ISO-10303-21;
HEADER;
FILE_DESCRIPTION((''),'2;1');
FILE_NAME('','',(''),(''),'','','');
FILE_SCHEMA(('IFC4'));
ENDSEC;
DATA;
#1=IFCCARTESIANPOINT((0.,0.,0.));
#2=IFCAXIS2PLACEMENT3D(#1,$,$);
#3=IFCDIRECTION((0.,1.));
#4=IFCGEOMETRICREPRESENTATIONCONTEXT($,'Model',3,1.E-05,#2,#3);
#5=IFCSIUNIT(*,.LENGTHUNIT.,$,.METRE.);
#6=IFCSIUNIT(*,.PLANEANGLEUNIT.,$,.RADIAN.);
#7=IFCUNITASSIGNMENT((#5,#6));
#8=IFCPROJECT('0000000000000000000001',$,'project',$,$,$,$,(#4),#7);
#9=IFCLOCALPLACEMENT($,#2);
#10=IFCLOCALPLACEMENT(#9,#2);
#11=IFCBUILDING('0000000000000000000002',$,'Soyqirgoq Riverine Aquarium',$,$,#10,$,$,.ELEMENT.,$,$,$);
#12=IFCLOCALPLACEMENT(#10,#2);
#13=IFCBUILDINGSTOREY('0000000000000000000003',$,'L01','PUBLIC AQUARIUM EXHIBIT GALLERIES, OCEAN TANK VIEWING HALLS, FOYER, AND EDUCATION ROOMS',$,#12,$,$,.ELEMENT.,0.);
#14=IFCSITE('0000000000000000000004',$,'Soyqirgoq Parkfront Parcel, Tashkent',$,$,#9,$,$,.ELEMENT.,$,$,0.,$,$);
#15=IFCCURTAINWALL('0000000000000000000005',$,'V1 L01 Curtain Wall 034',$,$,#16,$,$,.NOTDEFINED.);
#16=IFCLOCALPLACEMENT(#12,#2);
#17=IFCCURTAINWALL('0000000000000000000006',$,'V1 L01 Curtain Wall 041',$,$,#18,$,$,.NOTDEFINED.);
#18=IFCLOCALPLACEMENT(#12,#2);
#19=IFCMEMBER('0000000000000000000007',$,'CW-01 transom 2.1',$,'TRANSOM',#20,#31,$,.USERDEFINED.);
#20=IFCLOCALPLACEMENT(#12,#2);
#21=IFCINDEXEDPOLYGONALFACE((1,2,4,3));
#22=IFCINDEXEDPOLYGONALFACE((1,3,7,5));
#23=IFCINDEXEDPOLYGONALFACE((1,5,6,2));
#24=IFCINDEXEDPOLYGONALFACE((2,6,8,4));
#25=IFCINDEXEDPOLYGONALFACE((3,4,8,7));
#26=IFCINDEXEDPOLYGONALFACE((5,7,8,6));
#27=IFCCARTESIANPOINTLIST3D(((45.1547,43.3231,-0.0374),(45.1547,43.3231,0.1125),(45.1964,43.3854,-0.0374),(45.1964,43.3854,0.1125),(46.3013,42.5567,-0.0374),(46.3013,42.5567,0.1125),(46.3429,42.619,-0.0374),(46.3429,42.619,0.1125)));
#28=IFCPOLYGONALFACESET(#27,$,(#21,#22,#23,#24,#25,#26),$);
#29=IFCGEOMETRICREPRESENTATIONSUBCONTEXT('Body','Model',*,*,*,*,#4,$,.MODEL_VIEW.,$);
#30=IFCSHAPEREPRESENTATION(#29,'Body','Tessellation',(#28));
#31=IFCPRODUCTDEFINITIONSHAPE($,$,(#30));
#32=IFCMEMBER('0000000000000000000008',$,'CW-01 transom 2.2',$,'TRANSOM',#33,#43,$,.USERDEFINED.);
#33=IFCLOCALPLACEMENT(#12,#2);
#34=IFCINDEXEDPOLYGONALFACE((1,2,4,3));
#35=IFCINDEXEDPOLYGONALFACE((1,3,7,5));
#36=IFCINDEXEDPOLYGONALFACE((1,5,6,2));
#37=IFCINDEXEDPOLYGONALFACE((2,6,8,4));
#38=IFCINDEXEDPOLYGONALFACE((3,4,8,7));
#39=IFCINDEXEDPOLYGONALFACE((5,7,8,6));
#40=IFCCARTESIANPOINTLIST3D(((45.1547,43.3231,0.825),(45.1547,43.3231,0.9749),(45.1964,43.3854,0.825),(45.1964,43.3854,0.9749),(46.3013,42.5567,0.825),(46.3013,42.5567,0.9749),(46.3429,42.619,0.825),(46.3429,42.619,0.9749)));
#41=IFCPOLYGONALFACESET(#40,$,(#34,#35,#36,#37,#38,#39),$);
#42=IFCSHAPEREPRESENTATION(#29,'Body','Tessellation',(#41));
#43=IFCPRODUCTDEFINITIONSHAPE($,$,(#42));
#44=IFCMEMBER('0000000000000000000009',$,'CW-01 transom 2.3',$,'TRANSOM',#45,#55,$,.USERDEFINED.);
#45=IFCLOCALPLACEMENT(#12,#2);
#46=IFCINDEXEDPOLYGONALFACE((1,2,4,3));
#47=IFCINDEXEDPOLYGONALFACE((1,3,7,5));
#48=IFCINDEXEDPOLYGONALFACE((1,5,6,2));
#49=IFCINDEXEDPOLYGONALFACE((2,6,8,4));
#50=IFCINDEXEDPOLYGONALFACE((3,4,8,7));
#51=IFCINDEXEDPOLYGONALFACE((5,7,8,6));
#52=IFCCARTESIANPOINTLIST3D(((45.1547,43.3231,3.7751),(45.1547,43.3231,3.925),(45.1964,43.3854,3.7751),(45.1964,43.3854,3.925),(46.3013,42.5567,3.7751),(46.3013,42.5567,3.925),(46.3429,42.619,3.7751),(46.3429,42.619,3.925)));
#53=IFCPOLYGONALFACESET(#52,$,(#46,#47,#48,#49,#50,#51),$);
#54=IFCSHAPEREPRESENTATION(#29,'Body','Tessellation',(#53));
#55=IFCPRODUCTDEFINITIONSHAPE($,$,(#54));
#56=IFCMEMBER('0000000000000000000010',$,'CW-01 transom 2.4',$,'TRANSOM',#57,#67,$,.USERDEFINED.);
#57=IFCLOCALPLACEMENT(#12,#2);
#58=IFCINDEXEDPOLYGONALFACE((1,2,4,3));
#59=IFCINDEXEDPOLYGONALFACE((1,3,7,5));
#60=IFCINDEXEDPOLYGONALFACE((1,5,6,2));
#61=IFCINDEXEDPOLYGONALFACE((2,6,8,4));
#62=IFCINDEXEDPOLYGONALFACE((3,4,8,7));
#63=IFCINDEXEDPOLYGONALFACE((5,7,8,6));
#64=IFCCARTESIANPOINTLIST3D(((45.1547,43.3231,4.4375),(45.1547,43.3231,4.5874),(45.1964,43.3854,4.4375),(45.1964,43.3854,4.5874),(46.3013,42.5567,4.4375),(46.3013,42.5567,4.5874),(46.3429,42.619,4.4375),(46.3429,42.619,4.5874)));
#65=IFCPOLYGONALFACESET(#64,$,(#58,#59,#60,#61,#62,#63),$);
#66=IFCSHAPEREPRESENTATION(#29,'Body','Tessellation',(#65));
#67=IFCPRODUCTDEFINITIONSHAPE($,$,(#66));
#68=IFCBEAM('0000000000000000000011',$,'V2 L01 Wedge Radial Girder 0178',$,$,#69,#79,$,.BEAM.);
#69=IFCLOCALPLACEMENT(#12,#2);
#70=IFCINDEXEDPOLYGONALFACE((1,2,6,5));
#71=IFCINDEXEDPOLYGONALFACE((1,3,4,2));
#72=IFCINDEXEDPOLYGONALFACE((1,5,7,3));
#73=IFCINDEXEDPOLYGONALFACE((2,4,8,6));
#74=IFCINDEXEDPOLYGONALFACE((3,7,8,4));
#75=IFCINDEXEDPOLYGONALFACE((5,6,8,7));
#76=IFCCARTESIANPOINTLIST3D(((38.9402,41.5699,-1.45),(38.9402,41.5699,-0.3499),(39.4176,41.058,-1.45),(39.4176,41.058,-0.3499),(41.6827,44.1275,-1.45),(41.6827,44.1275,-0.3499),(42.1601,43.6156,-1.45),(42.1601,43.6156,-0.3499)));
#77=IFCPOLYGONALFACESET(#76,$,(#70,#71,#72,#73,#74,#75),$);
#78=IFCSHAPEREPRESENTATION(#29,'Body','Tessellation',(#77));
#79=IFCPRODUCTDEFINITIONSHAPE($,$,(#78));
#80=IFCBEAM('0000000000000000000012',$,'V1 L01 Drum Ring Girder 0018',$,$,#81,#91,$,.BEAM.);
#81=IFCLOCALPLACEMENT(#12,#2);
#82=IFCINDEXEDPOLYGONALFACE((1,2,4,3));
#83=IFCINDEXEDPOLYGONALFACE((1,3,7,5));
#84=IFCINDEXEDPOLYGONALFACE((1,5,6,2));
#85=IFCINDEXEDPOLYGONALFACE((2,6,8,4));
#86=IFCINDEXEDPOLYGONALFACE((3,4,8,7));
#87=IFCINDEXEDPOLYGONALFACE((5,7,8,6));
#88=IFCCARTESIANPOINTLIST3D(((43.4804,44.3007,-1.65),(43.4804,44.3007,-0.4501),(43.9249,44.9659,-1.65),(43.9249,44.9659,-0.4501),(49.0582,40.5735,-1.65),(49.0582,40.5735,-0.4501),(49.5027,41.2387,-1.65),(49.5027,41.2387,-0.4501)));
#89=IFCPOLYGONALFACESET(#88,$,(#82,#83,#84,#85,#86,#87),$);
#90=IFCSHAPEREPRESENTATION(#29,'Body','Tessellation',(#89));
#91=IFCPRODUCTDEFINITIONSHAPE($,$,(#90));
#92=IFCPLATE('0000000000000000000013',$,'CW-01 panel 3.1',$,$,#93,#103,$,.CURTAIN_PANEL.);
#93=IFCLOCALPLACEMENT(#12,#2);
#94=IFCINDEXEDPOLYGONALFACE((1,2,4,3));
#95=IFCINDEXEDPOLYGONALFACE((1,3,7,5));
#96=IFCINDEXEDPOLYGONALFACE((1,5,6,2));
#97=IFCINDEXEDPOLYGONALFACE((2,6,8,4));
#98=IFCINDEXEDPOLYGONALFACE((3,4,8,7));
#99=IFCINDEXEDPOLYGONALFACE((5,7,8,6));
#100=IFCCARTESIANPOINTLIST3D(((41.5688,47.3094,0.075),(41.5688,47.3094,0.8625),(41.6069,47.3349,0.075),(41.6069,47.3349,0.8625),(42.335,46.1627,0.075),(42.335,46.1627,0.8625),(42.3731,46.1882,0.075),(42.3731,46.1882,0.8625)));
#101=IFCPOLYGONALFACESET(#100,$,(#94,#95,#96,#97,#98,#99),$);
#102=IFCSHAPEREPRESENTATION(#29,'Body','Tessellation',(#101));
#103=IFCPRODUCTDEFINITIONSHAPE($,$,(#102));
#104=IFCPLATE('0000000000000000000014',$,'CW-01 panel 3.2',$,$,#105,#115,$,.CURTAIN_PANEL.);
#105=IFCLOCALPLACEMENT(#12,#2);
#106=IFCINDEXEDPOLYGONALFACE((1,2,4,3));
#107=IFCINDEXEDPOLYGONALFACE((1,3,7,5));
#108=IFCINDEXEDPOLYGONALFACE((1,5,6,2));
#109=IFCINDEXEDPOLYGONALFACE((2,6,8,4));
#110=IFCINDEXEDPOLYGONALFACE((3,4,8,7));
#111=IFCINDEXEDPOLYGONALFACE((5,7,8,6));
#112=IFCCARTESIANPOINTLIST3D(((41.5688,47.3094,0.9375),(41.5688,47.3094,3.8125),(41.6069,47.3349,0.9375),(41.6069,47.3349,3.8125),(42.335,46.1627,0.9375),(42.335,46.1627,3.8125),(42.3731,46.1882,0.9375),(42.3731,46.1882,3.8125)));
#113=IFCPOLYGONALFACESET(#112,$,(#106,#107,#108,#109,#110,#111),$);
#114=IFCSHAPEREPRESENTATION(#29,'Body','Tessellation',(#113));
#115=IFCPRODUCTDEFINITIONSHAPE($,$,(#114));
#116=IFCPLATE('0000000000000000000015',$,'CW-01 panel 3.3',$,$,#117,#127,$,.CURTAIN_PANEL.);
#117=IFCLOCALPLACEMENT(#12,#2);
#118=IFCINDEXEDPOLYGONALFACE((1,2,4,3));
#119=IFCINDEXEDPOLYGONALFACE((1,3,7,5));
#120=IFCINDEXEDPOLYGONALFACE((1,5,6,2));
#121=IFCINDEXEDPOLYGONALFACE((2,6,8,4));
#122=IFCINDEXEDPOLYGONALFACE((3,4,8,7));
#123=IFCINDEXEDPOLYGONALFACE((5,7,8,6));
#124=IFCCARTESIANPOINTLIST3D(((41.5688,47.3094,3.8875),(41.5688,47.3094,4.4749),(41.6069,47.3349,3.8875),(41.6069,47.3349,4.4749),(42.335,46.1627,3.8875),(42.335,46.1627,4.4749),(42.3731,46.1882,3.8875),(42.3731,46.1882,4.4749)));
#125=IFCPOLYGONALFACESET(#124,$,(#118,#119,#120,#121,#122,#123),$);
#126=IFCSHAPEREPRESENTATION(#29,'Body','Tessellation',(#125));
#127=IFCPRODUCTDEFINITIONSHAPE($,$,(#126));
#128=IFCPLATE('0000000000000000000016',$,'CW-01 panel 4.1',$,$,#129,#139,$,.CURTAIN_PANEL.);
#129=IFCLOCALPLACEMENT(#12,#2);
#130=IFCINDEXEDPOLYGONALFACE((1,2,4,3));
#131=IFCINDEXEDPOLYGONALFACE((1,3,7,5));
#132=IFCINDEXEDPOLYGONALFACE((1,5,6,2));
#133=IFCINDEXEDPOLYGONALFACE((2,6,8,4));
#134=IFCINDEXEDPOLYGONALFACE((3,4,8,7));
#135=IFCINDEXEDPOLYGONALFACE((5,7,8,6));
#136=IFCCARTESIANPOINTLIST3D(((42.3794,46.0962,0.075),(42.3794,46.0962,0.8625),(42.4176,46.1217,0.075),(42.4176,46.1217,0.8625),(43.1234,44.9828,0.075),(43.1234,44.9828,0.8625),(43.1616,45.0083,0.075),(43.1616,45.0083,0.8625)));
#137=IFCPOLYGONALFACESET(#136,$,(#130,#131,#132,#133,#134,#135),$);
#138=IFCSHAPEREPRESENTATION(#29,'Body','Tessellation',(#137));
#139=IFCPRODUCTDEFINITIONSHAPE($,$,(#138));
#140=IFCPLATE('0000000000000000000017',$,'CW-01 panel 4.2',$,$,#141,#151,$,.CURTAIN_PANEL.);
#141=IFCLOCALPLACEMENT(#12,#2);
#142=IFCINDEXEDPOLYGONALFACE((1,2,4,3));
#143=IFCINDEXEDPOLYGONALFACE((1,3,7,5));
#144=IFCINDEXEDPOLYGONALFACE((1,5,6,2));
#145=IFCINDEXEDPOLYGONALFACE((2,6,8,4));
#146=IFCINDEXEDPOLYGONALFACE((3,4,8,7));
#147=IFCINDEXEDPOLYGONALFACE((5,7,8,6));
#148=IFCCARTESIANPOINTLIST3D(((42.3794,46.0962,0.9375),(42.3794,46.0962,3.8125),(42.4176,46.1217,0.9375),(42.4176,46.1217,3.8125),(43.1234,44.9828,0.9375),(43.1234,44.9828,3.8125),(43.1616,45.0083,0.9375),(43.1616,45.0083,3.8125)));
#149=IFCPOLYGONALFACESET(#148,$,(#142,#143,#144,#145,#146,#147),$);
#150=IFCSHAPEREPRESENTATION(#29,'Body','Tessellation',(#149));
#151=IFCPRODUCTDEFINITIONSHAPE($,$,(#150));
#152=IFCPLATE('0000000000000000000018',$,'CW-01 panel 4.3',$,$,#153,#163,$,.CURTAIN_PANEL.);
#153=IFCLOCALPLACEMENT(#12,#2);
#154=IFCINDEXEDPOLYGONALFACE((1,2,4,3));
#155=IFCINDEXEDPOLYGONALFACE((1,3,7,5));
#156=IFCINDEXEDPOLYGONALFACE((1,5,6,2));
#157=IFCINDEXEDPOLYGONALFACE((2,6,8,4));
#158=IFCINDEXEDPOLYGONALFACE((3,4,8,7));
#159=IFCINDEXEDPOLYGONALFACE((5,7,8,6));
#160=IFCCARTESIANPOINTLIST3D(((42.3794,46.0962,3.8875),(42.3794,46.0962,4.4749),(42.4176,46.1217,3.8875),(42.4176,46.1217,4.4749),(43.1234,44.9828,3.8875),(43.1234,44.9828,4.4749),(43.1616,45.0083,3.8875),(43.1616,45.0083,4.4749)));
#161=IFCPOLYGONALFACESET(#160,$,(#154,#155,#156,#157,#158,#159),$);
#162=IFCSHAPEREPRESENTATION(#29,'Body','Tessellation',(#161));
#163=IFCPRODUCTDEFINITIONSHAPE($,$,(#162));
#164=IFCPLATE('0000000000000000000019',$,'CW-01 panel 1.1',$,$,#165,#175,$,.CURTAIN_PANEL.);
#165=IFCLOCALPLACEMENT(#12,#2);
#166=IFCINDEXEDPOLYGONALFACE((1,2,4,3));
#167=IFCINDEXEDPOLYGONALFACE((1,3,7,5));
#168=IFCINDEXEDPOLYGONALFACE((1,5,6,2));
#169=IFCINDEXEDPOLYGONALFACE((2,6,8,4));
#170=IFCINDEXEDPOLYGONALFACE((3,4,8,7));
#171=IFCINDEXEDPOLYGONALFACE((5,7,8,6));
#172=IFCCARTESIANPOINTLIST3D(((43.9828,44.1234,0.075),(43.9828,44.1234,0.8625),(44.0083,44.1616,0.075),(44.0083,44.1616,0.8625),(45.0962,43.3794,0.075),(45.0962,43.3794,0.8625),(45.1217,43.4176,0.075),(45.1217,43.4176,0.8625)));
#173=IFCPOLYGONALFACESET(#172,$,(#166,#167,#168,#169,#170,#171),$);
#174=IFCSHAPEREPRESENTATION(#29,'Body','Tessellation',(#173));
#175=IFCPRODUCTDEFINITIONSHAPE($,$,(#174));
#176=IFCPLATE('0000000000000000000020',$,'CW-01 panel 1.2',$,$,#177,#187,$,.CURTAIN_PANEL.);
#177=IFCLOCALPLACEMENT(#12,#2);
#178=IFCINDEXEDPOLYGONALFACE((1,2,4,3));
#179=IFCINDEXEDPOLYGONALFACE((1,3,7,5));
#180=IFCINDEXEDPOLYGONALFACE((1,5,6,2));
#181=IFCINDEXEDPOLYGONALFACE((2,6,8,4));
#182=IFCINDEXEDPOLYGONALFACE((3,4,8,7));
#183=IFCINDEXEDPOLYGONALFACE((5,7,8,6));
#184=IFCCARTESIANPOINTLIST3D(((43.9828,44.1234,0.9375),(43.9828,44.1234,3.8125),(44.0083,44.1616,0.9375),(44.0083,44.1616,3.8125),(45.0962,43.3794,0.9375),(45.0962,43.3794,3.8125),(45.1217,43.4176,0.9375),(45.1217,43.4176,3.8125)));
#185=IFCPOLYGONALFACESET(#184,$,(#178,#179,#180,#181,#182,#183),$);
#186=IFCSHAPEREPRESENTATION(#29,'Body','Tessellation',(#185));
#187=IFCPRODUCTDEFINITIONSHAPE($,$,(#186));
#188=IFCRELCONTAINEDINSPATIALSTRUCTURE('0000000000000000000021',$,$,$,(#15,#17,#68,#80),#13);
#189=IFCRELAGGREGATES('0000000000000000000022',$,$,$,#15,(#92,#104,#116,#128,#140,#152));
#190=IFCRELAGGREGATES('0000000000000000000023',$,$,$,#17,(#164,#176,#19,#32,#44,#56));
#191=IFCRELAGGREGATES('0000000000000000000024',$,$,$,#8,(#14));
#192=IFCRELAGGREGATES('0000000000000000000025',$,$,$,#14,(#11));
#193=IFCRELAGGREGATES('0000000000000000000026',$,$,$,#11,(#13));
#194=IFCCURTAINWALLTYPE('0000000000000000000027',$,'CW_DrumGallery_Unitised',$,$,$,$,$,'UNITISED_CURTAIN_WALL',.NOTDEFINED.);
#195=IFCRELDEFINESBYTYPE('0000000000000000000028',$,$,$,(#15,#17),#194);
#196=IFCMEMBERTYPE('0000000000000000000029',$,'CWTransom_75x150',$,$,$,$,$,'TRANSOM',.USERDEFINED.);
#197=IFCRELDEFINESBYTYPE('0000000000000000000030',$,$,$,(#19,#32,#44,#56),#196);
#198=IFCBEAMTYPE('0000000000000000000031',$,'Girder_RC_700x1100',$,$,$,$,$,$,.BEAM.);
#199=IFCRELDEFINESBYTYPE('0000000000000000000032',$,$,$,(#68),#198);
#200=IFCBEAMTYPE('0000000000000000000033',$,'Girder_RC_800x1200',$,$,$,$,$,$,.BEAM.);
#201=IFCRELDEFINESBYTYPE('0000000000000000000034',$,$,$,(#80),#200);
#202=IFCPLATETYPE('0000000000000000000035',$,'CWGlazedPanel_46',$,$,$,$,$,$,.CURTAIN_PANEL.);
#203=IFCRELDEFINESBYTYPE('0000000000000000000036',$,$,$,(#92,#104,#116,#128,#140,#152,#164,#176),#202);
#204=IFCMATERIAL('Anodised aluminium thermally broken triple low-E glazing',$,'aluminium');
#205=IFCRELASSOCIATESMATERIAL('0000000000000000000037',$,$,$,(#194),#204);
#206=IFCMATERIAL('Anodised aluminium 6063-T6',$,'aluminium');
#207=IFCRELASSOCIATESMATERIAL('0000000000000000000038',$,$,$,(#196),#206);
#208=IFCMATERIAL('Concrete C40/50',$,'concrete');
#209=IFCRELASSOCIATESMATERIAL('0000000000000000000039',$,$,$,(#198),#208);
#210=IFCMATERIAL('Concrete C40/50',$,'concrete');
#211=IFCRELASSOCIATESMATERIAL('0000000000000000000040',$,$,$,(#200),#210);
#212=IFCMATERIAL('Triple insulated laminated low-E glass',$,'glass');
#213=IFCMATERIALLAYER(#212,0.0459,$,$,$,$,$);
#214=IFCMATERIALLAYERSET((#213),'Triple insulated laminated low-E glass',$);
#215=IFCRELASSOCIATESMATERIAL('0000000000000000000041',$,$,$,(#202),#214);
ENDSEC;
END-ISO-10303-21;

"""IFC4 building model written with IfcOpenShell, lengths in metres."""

from ifc_helpers import new_model, si_unit, direction, frame, origin, origin_2d, place, context, subcontext, project, spatial, rectangle, extrude, material, layer, layer_set, material_profile, profile_set, type_object, element, aggregate, save


model = new_model("IFC4")

# Units and contexts
model_context = context("Model", 3, precision=1e-05, world=origin(), true_north=direction((0.0, 1.0)))
body_context = subcontext(model_context, "Body", "Model", "MODEL_VIEW")
ifc_project = project(units=[si_unit("LENGTHUNIT", "METRE"), si_unit("PLANEANGLEUNIT", "RADIAN")], contexts=[model_context])

# Site, building, storey
site_placement = place(None, origin())
site = spatial("IfcSite", under=ifc_project, at=site_placement, Name="Soyqirgoq Parkfront Parcel, Tashkent", CompositionType="ELEMENT", RefElevation=0.0)
building_placement = place(site_placement, origin())
building = spatial("IfcBuilding", under=site, at=building_placement, Name="Soyqirgoq Riverine Aquarium", CompositionType="ELEMENT")
storey_placement = place(building_placement, origin())
storey = spatial("IfcBuildingStorey", under=building, at=storey_placement, Name="L01", Description="PUBLIC AQUARIUM EXHIBIT GALLERIES, OCEAN TANK VIEWING HALLS, FOYER, AND EDUCATION ROOMS", CompositionType="ELEMENT", Elevation=0.0)

# Curtain walls
ifc_material_1 = material(Name="Anodised aluminium thermally broken triple low-E glazing", Category="aluminium")
curtain_wall_type = type_object("IfcCurtainWallType", Name="CW_DrumGallery_Unitised", ElementType="UNITISED_CURTAIN_WALL", PredefinedType="NOTDEFINED", material=ifc_material_1)
curtain_wall_1_placement = place(storey_placement, origin())
curtain_wall_1 = element("IfcCurtainWall", 1, at=curtain_wall_1_placement, inside=storey, type_object=curtain_wall_type, Name="V1 L01 Curtain Wall 034", PredefinedType="NOTDEFINED")
curtain_wall_2_placement = place(storey_placement, origin())
curtain_wall_2 = element("IfcCurtainWall", 2, at=curtain_wall_2_placement, inside=storey, type_object=curtain_wall_type, Name="V1 L01 Curtain Wall 041", PredefinedType="NOTDEFINED")

# Members
ifc_material_2 = material(Name="Anodised aluminium 6063-T6", Category="aluminium")
ifc_material_profile_1 = material_profile(ifc_material_2, rectangle(XDim=0.075, YDim=0.1499, at=origin_2d()), Name="ALU-T 75x150")
ifc_profile_set_1 = profile_set([ifc_material_profile_1], Name="Anodised aluminium 6063-T6")
member_type_1 = type_object("IfcMemberType", Name="CWTransom_75x150", ElementType="TRANSOM", PredefinedType="USERDEFINED", material=ifc_profile_set_1)
member_1_placement = place(storey_placement, frame((45.1755, 43.3542, 0.0376), z_axis=(0.831369, -0.555721, 0.0), x_axis=(0.555721, 0.831369, 0.0)))
member_1 = element("IfcMember", 3, at=member_1_placement, type_object=member_type_1, Name="CW-01 transom 2.1", ObjectType="TRANSOM", PredefinedType="USERDEFINED", context=body_context, shape_type="SweptSolid", body=[
    extrude(rectangle(XDim=0.075, YDim=0.1499, at=origin_2d()), origin(), (0.0, 0.0, 1.0), 1.3792),
])
member_2_placement = place(storey_placement, frame((45.1755, 43.3542, 0.8999), z_axis=(0.831369, -0.555721, 0.0), x_axis=(0.555721, 0.831369, 0.0)))
member_2 = element("IfcMember", 4, at=member_2_placement, type_object=member_type_1, Name="CW-01 transom 2.2", ObjectType="TRANSOM", PredefinedType="USERDEFINED", context=body_context, shape_type="SweptSolid", body=[
    extrude(rectangle(XDim=0.075, YDim=0.1499, at=origin_2d()), origin(), (0.0, 0.0, 1.0), 1.3792),
])
member_3_placement = place(storey_placement, frame((45.1755, 43.3542, 3.8501), z_axis=(0.831369, -0.555721, 0.0), x_axis=(0.555721, 0.831369, 0.0)))
member_3 = element("IfcMember", 5, at=member_3_placement, type_object=member_type_1, Name="CW-01 transom 2.3", ObjectType="TRANSOM", PredefinedType="USERDEFINED", context=body_context, shape_type="SweptSolid", body=[
    extrude(rectangle(XDim=0.075, YDim=0.1499, at=origin_2d()), origin(), (0.0, 0.0, 1.0), 1.3792),
])
member_4_placement = place(storey_placement, frame((45.1755, 43.3542, 4.5125), z_axis=(0.831369, -0.555721, 0.0), x_axis=(0.555721, 0.831369, 0.0)))
member_4 = element("IfcMember", 6, at=member_4_placement, type_object=member_type_1, Name="CW-01 transom 2.4", ObjectType="TRANSOM", PredefinedType="USERDEFINED", context=body_context, shape_type="SweptSolid", body=[
    extrude(rectangle(XDim=0.075, YDim=0.1499, at=origin_2d()), origin(), (0.0, 0.0, 1.0), 1.3792),
])

# Beams
ifc_material_3 = material(Name="Concrete C40/50", Category="concrete")
ifc_material_profile_2 = material_profile(ifc_material_3, rectangle(XDim=0.7, YDim=1.1001, at=origin_2d()), Name="RC 700x1100")
ifc_profile_set_2 = profile_set([ifc_material_profile_2], Name="Concrete C40/50")
beam_type_1 = type_object("IfcBeamType", Name="Girder_RC_700x1100", PredefinedType="BEAM", material=ifc_profile_set_2)
beam_1_placement = place(storey_placement, frame((41.9214, 43.8716, -0.8999), z_axis=(-0.731319, -0.682035, 0.0), x_axis=(0.682035, -0.731319, 0.0)))
element("IfcBeam", 7, at=beam_1_placement, inside=storey, type_object=beam_type_1, Name="V2 L01 Wedge Radial Girder 0178", PredefinedType="BEAM", context=body_context, shape_type="SweptSolid", body=[
    extrude(rectangle(XDim=0.7, YDim=1.1001, at=origin_2d()), origin(), (0.0, 0.0, 1.0), 3.75),
])
ifc_material_4 = material(Name="Concrete C40/50", Category="concrete")
ifc_material_profile_3 = material_profile(ifc_material_4, rectangle(XDim=0.8, YDim=1.2, at=origin_2d()), Name="RC 800x1200")
ifc_profile_set_3 = profile_set([ifc_material_profile_3], Name="Concrete C40/50")
beam_type_2 = type_object("IfcBeamType", Name="Girder_RC_800x1200", PredefinedType="BEAM", material=ifc_profile_set_3)
beam_2_placement = place(storey_placement, frame((43.7026, 44.6333, -1.05), z_axis=(0.831451, -0.555598, 0.0), x_axis=(0.555598, 0.831451, 0.0)))
element("IfcBeam", 8, at=beam_2_placement, inside=storey, type_object=beam_type_2, Name="V1 L01 Drum Ring Girder 0018", PredefinedType="BEAM", context=body_context, shape_type="SweptSolid", body=[
    extrude(rectangle(XDim=0.8, YDim=1.2, at=origin_2d()), origin(), (0.0, 0.0, 1.0), 6.7085),
])

# Plates
ifc_material_5 = material(Name="Triple insulated laminated low-E glass", Category="glass")
ifc_layer_1 = layer(ifc_material_5, 0.0459)
ifc_layer_set_1 = layer_set([ifc_layer_1], Name="Triple insulated laminated low-E glass")
plate_type = type_object("IfcPlateType", Name="CWGlazedPanel_46", PredefinedType="CURTAIN_PANEL", material=ifc_layer_set_1)
plate_1_placement = place(storey_placement, frame((41.9709, 46.7488, 0.075), z_axis=(0.0, 0.0, 1.0), x_axis=(0.555574, -0.831467, 0.0)))
plate_1 = element("IfcPlate", 9, at=plate_1_placement, type_object=plate_type, Name="CW-01 panel 3.1", PredefinedType="CURTAIN_PANEL", context=body_context, shape_type="SweptSolid", body=[
    extrude(rectangle(XDim=1.3792, YDim=0.0459, at=origin_2d()), origin(), (0.0, 0.0, 1.0), 0.7876),
])
plate_2_placement = place(storey_placement, frame((41.9709, 46.7488, 0.9375), z_axis=(0.0, 0.0, 1.0), x_axis=(0.555574, -0.831467, 0.0)))
plate_2 = element("IfcPlate", 10, at=plate_2_placement, type_object=plate_type, Name="CW-01 panel 3.2", PredefinedType="CURTAIN_PANEL", context=body_context, shape_type="SweptSolid", body=[
    extrude(rectangle(XDim=1.3792, YDim=0.0459, at=origin_2d()), origin(), (0.0, 0.0, 1.0), 2.875),
])
plate_3_placement = place(storey_placement, frame((41.9709, 46.7488, 3.8875), z_axis=(0.0, 0.0, 1.0), x_axis=(0.555574, -0.831467, 0.0)))
plate_3 = element("IfcPlate", 11, at=plate_3_placement, type_object=plate_type, Name="CW-01 panel 3.3", PredefinedType="CURTAIN_PANEL", context=body_context, shape_type="SweptSolid", body=[
    extrude(rectangle(XDim=1.3792, YDim=0.0459, at=origin_2d()), origin(), (0.0, 0.0, 1.0), 0.5874),
])
plate_4_placement = place(storey_placement, frame((42.7705, 45.5522, 0.075), z_axis=(0.0, 0.0, 1.0), x_axis=(0.555574, -0.831467, 0.0)))
plate_4 = element("IfcPlate", 12, at=plate_4_placement, type_object=plate_type, Name="CW-01 panel 4.1", PredefinedType="CURTAIN_PANEL", context=body_context, shape_type="SweptSolid", body=[
    extrude(rectangle(XDim=1.3391, YDim=0.0459, at=origin_2d()), origin(), (0.0, 0.0, 1.0), 0.7876),
])
plate_5_placement = place(storey_placement, frame((42.7705, 45.5522, 0.9375), z_axis=(0.0, 0.0, 1.0), x_axis=(0.555574, -0.831467, 0.0)))
plate_5 = element("IfcPlate", 13, at=plate_5_placement, type_object=plate_type, Name="CW-01 panel 4.2", PredefinedType="CURTAIN_PANEL", context=body_context, shape_type="SweptSolid", body=[
    extrude(rectangle(XDim=1.3391, YDim=0.0459, at=origin_2d()), origin(), (0.0, 0.0, 1.0), 2.875),
])
plate_6_placement = place(storey_placement, frame((42.7705, 45.5522, 3.8875), z_axis=(0.0, 0.0, 1.0), x_axis=(0.555574, -0.831467, 0.0)))
plate_6 = element("IfcPlate", 14, at=plate_6_placement, type_object=plate_type, Name="CW-01 panel 4.3", PredefinedType="CURTAIN_PANEL", context=body_context, shape_type="SweptSolid", body=[
    extrude(rectangle(XDim=1.3391, YDim=0.0459, at=origin_2d()), origin(), (0.0, 0.0, 1.0), 0.5874),
])
aggregate(curtain_wall_1, [plate_1, plate_2, plate_3, plate_4, plate_5, plate_6])
plate_7_placement = place(storey_placement, frame((44.5522, 43.7705, 0.075), z_axis=(0.0, 0.0, 1.0), x_axis=(0.831467, -0.555574, 0.0)))
plate_7 = element("IfcPlate", 15, at=plate_7_placement, type_object=plate_type, Name="CW-01 panel 1.1", PredefinedType="CURTAIN_PANEL", context=body_context, shape_type="SweptSolid", body=[
    extrude(rectangle(XDim=1.3391, YDim=0.0459, at=origin_2d()), origin(), (0.0, 0.0, 1.0), 0.7876),
])
plate_8_placement = place(storey_placement, frame((44.5522, 43.7705, 0.9375), z_axis=(0.0, 0.0, 1.0), x_axis=(0.831467, -0.555574, 0.0)))
plate_8 = element("IfcPlate", 16, at=plate_8_placement, type_object=plate_type, Name="CW-01 panel 1.2", PredefinedType="CURTAIN_PANEL", context=body_context, shape_type="SweptSolid", body=[
    extrude(rectangle(XDim=1.3391, YDim=0.0459, at=origin_2d()), origin(), (0.0, 0.0, 1.0), 2.875),
])
aggregate(curtain_wall_2, [plate_7, plate_8, member_1, member_2, member_3, member_4])

save(model, "model.ifc")
